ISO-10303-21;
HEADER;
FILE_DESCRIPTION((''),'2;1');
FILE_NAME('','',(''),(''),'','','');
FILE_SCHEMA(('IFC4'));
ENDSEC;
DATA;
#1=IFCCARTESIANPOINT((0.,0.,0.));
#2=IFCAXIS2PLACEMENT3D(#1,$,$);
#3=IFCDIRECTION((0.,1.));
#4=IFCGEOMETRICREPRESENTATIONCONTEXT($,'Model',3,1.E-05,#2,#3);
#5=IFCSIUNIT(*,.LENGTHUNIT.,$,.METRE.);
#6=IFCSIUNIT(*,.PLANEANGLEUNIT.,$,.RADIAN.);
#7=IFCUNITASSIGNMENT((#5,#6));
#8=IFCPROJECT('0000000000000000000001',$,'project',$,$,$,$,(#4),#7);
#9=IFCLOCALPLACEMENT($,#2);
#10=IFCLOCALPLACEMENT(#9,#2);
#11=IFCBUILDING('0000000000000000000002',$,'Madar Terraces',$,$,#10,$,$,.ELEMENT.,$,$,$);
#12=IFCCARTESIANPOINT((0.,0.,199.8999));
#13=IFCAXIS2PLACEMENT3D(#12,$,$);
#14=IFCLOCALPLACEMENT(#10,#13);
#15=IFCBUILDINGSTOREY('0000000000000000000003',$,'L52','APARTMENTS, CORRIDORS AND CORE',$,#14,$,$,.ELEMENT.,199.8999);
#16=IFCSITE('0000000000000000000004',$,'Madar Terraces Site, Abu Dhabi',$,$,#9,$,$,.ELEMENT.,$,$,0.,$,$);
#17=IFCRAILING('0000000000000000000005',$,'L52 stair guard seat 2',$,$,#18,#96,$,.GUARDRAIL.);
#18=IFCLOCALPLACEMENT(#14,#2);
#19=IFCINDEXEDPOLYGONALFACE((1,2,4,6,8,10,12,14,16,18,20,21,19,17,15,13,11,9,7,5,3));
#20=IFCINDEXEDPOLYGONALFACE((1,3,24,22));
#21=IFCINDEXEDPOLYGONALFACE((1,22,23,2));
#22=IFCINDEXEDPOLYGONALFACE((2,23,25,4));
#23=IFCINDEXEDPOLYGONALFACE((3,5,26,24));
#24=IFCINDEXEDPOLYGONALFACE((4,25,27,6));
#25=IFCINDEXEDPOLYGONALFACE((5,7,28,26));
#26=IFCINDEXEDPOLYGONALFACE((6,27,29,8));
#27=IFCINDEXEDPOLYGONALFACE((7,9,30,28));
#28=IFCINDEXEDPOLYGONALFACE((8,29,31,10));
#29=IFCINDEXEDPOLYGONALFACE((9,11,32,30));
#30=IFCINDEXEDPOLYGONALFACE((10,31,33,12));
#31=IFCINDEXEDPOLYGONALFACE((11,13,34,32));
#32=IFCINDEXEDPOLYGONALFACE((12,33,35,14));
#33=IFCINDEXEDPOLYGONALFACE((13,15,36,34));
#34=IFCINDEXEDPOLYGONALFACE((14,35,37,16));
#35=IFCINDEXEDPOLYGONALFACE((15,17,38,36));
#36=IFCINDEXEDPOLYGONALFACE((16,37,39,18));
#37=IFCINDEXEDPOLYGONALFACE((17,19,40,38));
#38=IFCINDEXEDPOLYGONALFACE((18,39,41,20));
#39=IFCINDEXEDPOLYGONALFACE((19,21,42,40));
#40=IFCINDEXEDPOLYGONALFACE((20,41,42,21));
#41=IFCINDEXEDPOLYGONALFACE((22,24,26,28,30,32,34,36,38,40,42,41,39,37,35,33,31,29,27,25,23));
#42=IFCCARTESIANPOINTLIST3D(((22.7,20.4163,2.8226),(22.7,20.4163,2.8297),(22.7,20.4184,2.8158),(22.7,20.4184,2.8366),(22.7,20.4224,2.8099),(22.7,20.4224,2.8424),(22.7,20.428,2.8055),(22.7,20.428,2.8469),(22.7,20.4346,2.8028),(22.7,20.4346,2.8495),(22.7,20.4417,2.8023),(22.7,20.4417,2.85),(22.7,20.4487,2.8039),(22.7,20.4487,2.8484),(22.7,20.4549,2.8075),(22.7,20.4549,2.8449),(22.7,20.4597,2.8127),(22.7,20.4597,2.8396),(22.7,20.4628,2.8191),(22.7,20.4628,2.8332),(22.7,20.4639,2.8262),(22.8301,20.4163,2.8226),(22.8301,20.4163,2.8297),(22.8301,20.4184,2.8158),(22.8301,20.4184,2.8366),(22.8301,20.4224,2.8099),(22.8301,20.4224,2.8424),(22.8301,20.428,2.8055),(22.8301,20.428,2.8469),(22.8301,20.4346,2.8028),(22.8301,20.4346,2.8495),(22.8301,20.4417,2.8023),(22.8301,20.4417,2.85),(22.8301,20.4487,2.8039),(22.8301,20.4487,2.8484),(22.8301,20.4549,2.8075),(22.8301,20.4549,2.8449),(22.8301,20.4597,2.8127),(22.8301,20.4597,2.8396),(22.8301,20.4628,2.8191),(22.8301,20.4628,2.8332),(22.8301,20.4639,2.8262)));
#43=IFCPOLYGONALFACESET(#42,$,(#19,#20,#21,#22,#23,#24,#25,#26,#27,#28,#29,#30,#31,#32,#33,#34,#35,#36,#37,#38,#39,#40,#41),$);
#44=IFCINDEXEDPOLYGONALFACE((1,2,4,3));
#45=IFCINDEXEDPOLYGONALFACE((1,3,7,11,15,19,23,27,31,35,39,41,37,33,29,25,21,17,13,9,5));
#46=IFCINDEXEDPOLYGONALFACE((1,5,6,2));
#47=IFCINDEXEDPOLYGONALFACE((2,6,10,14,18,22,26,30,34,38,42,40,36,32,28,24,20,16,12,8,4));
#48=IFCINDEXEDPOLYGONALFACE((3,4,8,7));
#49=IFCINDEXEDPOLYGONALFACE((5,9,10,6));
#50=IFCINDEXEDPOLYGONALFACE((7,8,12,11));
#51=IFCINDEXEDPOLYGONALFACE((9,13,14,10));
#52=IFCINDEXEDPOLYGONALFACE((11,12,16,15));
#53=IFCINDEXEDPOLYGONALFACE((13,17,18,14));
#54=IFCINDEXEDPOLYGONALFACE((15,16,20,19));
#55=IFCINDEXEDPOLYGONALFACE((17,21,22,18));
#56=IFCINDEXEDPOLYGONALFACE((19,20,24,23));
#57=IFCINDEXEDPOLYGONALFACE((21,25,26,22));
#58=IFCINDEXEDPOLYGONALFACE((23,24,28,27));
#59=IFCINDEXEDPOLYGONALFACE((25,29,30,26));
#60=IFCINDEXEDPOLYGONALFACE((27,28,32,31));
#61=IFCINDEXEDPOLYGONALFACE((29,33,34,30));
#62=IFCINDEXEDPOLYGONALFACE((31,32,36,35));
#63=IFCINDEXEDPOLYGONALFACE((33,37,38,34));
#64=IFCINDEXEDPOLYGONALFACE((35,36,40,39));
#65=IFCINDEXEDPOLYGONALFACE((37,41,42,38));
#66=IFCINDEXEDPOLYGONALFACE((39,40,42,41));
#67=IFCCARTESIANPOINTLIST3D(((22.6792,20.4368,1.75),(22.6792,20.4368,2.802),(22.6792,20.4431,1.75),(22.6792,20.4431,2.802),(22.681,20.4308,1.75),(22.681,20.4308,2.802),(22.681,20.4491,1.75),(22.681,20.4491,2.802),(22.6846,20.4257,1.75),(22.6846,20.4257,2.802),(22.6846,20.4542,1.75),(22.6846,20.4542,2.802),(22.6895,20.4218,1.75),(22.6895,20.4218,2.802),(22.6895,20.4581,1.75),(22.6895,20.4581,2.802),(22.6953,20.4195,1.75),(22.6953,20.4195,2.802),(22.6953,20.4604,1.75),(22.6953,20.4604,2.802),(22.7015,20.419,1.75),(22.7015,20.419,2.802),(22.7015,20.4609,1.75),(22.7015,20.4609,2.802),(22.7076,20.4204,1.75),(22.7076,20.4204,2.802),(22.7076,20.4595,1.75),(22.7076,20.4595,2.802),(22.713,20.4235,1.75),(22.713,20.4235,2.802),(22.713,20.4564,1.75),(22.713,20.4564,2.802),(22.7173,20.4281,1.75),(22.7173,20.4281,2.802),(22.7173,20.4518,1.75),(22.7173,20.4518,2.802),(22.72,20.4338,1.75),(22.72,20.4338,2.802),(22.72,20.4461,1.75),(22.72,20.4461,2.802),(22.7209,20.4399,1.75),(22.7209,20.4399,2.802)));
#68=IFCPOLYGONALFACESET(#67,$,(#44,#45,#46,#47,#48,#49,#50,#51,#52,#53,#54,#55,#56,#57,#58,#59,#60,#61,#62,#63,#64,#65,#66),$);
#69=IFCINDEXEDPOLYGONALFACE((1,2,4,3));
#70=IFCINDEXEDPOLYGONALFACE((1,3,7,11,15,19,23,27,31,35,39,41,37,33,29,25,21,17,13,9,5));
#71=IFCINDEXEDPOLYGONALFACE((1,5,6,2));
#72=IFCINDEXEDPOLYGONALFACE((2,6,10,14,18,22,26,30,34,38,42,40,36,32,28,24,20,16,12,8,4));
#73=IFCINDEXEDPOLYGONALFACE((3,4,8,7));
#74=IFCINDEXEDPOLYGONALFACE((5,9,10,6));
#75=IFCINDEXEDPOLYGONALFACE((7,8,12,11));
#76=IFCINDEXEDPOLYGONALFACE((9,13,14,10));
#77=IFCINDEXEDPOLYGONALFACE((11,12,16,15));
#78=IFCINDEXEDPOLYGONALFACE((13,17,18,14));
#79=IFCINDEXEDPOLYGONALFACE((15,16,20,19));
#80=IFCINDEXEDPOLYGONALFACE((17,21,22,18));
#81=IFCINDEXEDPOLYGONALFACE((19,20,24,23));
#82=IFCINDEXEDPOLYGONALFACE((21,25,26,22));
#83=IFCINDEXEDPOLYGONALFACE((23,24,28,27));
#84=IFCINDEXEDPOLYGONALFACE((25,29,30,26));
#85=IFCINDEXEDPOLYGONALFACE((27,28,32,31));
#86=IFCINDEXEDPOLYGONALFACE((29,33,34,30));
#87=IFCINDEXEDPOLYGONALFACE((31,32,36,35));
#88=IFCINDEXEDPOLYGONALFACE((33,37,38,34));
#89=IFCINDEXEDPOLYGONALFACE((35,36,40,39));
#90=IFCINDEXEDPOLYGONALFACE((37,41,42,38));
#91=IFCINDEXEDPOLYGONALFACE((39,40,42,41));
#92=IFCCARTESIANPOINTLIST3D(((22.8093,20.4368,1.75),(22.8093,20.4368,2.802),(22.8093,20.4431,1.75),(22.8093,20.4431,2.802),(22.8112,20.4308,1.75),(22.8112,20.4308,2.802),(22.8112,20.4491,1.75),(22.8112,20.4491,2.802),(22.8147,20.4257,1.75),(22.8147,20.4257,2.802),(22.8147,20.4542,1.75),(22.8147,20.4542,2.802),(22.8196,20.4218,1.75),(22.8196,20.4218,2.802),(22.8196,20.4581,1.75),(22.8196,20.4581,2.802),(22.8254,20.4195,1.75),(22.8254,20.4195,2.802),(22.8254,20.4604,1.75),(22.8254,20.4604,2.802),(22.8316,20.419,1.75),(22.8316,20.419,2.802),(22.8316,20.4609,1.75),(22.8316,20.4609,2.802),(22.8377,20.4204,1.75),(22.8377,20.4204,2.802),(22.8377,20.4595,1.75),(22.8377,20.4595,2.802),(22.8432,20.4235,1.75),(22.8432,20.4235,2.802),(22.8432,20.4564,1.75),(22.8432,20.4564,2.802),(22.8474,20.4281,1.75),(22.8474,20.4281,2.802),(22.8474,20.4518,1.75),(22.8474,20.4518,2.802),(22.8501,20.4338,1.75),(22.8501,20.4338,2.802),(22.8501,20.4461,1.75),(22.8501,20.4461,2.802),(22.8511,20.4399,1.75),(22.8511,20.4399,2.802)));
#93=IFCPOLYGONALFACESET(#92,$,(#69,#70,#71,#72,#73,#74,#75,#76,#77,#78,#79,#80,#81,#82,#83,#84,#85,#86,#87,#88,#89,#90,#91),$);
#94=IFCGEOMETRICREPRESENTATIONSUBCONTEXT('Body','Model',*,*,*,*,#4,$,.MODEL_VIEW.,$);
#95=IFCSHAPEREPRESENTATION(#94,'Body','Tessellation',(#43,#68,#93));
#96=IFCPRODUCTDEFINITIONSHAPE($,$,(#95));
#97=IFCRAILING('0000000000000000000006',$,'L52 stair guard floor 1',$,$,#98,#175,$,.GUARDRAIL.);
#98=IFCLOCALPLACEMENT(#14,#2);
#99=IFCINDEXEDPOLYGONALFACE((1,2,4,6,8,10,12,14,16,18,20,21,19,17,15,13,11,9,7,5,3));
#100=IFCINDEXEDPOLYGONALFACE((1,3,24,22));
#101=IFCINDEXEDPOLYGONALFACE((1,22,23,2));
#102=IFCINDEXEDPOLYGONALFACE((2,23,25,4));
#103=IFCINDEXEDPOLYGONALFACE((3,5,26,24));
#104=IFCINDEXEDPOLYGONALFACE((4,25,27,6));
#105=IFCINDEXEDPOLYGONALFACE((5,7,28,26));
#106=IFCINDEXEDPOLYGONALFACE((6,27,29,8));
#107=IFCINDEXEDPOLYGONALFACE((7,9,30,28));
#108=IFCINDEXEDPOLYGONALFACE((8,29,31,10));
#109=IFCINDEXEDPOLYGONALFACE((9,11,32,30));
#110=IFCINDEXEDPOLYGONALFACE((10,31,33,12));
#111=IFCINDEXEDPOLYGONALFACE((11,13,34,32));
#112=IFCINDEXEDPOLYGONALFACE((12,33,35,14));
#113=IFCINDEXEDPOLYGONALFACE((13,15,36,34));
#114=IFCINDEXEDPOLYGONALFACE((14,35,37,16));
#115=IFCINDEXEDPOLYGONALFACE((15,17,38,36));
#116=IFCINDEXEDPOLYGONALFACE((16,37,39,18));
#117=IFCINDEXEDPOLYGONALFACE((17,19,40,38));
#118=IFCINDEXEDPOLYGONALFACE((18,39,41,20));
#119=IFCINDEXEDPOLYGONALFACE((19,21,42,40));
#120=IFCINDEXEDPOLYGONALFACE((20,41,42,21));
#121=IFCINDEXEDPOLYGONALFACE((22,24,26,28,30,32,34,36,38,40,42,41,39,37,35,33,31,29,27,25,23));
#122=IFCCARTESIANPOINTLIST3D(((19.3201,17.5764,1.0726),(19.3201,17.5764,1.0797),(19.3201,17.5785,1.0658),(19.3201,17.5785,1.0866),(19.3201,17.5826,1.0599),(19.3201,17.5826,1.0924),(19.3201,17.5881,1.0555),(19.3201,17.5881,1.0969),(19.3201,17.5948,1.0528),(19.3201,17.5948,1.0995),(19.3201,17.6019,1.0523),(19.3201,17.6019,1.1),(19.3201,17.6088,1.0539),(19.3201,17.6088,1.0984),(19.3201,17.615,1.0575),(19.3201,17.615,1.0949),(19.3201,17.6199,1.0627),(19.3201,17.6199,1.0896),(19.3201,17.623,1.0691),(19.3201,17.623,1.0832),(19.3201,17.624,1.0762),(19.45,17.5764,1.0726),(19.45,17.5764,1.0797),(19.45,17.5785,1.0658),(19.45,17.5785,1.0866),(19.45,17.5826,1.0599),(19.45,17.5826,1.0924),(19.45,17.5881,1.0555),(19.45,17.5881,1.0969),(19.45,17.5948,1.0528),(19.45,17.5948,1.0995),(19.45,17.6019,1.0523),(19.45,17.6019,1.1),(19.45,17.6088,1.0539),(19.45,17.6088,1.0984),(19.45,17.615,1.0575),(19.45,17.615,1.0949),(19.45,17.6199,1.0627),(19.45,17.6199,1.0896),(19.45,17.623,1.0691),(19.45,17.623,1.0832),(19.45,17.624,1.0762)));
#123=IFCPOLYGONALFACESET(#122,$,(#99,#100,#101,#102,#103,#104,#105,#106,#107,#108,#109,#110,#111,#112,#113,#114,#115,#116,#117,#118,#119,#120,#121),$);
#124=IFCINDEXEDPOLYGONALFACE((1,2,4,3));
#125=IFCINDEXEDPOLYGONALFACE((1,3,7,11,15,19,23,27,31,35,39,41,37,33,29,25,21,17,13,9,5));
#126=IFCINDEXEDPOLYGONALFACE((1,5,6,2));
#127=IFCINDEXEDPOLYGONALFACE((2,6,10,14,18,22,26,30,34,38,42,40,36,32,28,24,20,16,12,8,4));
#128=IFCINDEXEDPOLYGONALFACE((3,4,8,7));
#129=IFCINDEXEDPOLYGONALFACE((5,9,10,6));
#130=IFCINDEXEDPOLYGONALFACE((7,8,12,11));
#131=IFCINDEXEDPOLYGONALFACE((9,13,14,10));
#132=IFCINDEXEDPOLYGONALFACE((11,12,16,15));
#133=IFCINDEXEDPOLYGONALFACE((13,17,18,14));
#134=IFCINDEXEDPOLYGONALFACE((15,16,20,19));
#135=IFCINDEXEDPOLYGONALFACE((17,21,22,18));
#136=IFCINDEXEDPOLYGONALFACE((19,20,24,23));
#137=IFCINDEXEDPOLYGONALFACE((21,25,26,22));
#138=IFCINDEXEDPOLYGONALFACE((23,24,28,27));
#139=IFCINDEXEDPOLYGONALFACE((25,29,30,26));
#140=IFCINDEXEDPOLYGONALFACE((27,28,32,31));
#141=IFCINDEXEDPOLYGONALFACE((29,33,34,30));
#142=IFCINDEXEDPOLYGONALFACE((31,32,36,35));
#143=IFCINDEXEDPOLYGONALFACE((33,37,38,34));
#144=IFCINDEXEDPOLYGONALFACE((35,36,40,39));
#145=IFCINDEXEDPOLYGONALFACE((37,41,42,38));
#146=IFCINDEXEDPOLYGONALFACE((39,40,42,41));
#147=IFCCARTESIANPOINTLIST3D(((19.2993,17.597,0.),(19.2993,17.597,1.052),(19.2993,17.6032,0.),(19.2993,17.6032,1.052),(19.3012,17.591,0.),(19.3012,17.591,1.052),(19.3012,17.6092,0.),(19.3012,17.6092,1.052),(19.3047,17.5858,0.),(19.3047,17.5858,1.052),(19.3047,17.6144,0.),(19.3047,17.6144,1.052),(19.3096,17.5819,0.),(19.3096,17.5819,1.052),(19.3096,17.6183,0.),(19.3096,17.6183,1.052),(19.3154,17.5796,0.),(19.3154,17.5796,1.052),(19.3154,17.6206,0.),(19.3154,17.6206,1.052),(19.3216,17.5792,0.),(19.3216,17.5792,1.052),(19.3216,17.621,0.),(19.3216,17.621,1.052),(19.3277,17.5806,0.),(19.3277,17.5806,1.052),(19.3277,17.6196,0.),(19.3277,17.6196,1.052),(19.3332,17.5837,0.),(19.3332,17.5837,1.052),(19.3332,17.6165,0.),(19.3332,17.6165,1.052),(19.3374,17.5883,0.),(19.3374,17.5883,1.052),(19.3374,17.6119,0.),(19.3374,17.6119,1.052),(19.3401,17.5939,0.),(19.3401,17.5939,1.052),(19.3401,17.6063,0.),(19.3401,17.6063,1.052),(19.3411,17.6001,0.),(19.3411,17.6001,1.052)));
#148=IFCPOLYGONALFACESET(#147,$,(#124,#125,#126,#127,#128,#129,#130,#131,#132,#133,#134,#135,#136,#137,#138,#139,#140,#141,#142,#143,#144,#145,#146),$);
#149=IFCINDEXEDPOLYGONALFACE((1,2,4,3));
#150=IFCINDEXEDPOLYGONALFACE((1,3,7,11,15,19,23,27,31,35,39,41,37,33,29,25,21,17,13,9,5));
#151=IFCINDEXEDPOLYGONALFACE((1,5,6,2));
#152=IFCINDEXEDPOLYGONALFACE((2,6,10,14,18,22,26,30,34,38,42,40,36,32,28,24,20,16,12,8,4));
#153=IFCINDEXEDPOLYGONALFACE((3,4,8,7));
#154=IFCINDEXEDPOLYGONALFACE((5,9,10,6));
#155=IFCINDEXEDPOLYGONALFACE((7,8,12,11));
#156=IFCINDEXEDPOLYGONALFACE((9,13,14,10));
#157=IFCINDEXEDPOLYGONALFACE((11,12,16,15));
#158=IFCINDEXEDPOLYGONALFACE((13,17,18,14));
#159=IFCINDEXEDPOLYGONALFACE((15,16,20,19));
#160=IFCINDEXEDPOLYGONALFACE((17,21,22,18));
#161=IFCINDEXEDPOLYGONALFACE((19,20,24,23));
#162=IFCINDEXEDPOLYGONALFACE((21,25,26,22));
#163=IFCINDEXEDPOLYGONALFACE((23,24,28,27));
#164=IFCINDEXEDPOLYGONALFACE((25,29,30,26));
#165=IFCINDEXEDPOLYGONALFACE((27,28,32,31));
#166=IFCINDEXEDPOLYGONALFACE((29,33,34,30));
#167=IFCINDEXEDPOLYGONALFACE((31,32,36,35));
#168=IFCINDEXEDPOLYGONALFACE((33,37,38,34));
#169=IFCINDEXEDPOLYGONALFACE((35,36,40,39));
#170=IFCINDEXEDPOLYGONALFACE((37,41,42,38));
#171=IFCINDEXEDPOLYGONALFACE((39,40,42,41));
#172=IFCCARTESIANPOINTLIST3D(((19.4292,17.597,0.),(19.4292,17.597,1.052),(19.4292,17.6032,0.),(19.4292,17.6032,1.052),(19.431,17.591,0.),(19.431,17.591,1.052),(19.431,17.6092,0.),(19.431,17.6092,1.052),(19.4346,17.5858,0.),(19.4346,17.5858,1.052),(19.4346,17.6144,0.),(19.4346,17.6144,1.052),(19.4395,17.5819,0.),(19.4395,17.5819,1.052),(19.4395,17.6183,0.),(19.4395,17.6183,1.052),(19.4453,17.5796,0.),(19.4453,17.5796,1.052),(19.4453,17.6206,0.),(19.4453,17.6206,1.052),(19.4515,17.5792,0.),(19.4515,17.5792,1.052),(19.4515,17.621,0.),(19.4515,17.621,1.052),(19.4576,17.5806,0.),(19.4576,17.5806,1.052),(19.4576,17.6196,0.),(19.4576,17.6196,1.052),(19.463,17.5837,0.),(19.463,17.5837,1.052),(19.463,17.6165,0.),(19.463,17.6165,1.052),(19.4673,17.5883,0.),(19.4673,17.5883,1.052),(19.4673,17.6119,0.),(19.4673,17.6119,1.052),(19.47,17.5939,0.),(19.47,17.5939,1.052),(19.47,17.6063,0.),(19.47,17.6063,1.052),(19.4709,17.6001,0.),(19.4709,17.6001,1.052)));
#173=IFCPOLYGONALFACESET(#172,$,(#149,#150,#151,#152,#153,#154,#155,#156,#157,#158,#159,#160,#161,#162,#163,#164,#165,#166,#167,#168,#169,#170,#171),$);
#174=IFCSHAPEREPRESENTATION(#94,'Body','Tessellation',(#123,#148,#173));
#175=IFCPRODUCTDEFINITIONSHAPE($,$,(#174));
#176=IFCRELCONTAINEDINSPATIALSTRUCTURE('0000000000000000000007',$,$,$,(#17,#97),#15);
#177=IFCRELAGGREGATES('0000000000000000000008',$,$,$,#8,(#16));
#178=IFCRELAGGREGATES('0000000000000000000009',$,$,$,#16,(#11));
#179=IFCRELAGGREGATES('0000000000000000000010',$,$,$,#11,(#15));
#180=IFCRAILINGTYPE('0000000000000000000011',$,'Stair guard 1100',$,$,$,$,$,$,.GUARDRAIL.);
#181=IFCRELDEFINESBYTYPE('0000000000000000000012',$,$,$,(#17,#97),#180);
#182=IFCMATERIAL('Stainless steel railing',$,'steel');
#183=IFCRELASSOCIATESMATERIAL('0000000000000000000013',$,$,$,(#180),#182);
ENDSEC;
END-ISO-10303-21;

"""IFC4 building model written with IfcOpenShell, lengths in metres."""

from ifc_helpers import new_model, si_unit, direction, frame, origin, origin_2d, place, context, subcontext, project, spatial, circle, extrude, material, type_object, element, save


model = new_model("IFC4")

# Units and contexts
model_context = context("Model", 3, precision=1e-05, world=origin(), true_north=direction((0.0, 1.0)))
body_context = subcontext(model_context, "Body", "Model", "MODEL_VIEW")
ifc_project = project(units=[si_unit("LENGTHUNIT", "METRE"), si_unit("PLANEANGLEUNIT", "RADIAN")], contexts=[model_context])

# Site, building, storey
site_placement = place(None, origin())
site = spatial("IfcSite", under=ifc_project, at=site_placement, Name="Madar Terraces Site, Abu Dhabi", CompositionType="ELEMENT", RefElevation=0.0)
building_placement = place(site_placement, origin())
building = spatial("IfcBuilding", under=site, at=building_placement, Name="Madar Terraces", CompositionType="ELEMENT")
storey_placement = place(building_placement, frame((0.0, 0.0, 199.8999)))
storey = spatial("IfcBuildingStorey", under=building, at=storey_placement, Name="L52", Description="APARTMENTS, CORRIDORS AND CORE", CompositionType="ELEMENT", Elevation=199.8999)

# Railings
ifc_material_1 = material(Name="Stainless steel railing", Category="steel")
railing_type_1 = type_object("IfcRailingType", Name="Stair guard 1100", PredefinedType="GUARDRAIL", material=ifc_material_1)
railing_1_placement = place(storey_placement, frame((22.7, 20.4399, 1.75)))
element("IfcRailing", 1, at=railing_1_placement, inside=storey, type_object=railing_type_1, Name="L52 stair guard seat 2", PredefinedType="GUARDRAIL", context=body_context, shape_type="SweptSolid", body=[
    extrude(circle(Radius=0.0239, at=origin_2d()), frame((0.0, 0.0, 1.0762), z_axis=(1.0, 0.0, 0.0), x_axis=(0.0, 1.0, 0.0)), (0.0, 0.0, 1.0), 0.1301),
    extrude(circle(Radius=0.021, at=origin_2d()), origin(), (0.0, 0.0, 1.0), 1.052),
    extrude(circle(Radius=0.021, at=origin_2d()), frame((0.1301, 0.0, 0.0)), (0.0, 0.0, 1.0), 1.052),
])
railing_2_placement = place(storey_placement, frame((19.3201, 17.6001, 0.0)))
element("IfcRailing", 2, at=railing_2_placement, inside=storey, type_object=railing_type_1, Name="L52 stair guard floor 1", PredefinedType="GUARDRAIL", context=body_context, shape_type="SweptSolid", body=[
    extrude(circle(Radius=0.0239, at=origin_2d()), frame((0.0, 0.0, 1.0762), z_axis=(1.0, 0.0, 0.0), x_axis=(0.0, 1.0, 0.0)), (0.0, 0.0, 1.0), 0.1299),
    extrude(circle(Radius=0.021, at=origin_2d()), origin(), (0.0, 0.0, 1.0), 1.052),
    extrude(circle(Radius=0.021, at=origin_2d()), frame((0.1299, 0.0, 0.0)), (0.0, 0.0, 1.0), 1.052),
])

save(model, "model.ifc")
